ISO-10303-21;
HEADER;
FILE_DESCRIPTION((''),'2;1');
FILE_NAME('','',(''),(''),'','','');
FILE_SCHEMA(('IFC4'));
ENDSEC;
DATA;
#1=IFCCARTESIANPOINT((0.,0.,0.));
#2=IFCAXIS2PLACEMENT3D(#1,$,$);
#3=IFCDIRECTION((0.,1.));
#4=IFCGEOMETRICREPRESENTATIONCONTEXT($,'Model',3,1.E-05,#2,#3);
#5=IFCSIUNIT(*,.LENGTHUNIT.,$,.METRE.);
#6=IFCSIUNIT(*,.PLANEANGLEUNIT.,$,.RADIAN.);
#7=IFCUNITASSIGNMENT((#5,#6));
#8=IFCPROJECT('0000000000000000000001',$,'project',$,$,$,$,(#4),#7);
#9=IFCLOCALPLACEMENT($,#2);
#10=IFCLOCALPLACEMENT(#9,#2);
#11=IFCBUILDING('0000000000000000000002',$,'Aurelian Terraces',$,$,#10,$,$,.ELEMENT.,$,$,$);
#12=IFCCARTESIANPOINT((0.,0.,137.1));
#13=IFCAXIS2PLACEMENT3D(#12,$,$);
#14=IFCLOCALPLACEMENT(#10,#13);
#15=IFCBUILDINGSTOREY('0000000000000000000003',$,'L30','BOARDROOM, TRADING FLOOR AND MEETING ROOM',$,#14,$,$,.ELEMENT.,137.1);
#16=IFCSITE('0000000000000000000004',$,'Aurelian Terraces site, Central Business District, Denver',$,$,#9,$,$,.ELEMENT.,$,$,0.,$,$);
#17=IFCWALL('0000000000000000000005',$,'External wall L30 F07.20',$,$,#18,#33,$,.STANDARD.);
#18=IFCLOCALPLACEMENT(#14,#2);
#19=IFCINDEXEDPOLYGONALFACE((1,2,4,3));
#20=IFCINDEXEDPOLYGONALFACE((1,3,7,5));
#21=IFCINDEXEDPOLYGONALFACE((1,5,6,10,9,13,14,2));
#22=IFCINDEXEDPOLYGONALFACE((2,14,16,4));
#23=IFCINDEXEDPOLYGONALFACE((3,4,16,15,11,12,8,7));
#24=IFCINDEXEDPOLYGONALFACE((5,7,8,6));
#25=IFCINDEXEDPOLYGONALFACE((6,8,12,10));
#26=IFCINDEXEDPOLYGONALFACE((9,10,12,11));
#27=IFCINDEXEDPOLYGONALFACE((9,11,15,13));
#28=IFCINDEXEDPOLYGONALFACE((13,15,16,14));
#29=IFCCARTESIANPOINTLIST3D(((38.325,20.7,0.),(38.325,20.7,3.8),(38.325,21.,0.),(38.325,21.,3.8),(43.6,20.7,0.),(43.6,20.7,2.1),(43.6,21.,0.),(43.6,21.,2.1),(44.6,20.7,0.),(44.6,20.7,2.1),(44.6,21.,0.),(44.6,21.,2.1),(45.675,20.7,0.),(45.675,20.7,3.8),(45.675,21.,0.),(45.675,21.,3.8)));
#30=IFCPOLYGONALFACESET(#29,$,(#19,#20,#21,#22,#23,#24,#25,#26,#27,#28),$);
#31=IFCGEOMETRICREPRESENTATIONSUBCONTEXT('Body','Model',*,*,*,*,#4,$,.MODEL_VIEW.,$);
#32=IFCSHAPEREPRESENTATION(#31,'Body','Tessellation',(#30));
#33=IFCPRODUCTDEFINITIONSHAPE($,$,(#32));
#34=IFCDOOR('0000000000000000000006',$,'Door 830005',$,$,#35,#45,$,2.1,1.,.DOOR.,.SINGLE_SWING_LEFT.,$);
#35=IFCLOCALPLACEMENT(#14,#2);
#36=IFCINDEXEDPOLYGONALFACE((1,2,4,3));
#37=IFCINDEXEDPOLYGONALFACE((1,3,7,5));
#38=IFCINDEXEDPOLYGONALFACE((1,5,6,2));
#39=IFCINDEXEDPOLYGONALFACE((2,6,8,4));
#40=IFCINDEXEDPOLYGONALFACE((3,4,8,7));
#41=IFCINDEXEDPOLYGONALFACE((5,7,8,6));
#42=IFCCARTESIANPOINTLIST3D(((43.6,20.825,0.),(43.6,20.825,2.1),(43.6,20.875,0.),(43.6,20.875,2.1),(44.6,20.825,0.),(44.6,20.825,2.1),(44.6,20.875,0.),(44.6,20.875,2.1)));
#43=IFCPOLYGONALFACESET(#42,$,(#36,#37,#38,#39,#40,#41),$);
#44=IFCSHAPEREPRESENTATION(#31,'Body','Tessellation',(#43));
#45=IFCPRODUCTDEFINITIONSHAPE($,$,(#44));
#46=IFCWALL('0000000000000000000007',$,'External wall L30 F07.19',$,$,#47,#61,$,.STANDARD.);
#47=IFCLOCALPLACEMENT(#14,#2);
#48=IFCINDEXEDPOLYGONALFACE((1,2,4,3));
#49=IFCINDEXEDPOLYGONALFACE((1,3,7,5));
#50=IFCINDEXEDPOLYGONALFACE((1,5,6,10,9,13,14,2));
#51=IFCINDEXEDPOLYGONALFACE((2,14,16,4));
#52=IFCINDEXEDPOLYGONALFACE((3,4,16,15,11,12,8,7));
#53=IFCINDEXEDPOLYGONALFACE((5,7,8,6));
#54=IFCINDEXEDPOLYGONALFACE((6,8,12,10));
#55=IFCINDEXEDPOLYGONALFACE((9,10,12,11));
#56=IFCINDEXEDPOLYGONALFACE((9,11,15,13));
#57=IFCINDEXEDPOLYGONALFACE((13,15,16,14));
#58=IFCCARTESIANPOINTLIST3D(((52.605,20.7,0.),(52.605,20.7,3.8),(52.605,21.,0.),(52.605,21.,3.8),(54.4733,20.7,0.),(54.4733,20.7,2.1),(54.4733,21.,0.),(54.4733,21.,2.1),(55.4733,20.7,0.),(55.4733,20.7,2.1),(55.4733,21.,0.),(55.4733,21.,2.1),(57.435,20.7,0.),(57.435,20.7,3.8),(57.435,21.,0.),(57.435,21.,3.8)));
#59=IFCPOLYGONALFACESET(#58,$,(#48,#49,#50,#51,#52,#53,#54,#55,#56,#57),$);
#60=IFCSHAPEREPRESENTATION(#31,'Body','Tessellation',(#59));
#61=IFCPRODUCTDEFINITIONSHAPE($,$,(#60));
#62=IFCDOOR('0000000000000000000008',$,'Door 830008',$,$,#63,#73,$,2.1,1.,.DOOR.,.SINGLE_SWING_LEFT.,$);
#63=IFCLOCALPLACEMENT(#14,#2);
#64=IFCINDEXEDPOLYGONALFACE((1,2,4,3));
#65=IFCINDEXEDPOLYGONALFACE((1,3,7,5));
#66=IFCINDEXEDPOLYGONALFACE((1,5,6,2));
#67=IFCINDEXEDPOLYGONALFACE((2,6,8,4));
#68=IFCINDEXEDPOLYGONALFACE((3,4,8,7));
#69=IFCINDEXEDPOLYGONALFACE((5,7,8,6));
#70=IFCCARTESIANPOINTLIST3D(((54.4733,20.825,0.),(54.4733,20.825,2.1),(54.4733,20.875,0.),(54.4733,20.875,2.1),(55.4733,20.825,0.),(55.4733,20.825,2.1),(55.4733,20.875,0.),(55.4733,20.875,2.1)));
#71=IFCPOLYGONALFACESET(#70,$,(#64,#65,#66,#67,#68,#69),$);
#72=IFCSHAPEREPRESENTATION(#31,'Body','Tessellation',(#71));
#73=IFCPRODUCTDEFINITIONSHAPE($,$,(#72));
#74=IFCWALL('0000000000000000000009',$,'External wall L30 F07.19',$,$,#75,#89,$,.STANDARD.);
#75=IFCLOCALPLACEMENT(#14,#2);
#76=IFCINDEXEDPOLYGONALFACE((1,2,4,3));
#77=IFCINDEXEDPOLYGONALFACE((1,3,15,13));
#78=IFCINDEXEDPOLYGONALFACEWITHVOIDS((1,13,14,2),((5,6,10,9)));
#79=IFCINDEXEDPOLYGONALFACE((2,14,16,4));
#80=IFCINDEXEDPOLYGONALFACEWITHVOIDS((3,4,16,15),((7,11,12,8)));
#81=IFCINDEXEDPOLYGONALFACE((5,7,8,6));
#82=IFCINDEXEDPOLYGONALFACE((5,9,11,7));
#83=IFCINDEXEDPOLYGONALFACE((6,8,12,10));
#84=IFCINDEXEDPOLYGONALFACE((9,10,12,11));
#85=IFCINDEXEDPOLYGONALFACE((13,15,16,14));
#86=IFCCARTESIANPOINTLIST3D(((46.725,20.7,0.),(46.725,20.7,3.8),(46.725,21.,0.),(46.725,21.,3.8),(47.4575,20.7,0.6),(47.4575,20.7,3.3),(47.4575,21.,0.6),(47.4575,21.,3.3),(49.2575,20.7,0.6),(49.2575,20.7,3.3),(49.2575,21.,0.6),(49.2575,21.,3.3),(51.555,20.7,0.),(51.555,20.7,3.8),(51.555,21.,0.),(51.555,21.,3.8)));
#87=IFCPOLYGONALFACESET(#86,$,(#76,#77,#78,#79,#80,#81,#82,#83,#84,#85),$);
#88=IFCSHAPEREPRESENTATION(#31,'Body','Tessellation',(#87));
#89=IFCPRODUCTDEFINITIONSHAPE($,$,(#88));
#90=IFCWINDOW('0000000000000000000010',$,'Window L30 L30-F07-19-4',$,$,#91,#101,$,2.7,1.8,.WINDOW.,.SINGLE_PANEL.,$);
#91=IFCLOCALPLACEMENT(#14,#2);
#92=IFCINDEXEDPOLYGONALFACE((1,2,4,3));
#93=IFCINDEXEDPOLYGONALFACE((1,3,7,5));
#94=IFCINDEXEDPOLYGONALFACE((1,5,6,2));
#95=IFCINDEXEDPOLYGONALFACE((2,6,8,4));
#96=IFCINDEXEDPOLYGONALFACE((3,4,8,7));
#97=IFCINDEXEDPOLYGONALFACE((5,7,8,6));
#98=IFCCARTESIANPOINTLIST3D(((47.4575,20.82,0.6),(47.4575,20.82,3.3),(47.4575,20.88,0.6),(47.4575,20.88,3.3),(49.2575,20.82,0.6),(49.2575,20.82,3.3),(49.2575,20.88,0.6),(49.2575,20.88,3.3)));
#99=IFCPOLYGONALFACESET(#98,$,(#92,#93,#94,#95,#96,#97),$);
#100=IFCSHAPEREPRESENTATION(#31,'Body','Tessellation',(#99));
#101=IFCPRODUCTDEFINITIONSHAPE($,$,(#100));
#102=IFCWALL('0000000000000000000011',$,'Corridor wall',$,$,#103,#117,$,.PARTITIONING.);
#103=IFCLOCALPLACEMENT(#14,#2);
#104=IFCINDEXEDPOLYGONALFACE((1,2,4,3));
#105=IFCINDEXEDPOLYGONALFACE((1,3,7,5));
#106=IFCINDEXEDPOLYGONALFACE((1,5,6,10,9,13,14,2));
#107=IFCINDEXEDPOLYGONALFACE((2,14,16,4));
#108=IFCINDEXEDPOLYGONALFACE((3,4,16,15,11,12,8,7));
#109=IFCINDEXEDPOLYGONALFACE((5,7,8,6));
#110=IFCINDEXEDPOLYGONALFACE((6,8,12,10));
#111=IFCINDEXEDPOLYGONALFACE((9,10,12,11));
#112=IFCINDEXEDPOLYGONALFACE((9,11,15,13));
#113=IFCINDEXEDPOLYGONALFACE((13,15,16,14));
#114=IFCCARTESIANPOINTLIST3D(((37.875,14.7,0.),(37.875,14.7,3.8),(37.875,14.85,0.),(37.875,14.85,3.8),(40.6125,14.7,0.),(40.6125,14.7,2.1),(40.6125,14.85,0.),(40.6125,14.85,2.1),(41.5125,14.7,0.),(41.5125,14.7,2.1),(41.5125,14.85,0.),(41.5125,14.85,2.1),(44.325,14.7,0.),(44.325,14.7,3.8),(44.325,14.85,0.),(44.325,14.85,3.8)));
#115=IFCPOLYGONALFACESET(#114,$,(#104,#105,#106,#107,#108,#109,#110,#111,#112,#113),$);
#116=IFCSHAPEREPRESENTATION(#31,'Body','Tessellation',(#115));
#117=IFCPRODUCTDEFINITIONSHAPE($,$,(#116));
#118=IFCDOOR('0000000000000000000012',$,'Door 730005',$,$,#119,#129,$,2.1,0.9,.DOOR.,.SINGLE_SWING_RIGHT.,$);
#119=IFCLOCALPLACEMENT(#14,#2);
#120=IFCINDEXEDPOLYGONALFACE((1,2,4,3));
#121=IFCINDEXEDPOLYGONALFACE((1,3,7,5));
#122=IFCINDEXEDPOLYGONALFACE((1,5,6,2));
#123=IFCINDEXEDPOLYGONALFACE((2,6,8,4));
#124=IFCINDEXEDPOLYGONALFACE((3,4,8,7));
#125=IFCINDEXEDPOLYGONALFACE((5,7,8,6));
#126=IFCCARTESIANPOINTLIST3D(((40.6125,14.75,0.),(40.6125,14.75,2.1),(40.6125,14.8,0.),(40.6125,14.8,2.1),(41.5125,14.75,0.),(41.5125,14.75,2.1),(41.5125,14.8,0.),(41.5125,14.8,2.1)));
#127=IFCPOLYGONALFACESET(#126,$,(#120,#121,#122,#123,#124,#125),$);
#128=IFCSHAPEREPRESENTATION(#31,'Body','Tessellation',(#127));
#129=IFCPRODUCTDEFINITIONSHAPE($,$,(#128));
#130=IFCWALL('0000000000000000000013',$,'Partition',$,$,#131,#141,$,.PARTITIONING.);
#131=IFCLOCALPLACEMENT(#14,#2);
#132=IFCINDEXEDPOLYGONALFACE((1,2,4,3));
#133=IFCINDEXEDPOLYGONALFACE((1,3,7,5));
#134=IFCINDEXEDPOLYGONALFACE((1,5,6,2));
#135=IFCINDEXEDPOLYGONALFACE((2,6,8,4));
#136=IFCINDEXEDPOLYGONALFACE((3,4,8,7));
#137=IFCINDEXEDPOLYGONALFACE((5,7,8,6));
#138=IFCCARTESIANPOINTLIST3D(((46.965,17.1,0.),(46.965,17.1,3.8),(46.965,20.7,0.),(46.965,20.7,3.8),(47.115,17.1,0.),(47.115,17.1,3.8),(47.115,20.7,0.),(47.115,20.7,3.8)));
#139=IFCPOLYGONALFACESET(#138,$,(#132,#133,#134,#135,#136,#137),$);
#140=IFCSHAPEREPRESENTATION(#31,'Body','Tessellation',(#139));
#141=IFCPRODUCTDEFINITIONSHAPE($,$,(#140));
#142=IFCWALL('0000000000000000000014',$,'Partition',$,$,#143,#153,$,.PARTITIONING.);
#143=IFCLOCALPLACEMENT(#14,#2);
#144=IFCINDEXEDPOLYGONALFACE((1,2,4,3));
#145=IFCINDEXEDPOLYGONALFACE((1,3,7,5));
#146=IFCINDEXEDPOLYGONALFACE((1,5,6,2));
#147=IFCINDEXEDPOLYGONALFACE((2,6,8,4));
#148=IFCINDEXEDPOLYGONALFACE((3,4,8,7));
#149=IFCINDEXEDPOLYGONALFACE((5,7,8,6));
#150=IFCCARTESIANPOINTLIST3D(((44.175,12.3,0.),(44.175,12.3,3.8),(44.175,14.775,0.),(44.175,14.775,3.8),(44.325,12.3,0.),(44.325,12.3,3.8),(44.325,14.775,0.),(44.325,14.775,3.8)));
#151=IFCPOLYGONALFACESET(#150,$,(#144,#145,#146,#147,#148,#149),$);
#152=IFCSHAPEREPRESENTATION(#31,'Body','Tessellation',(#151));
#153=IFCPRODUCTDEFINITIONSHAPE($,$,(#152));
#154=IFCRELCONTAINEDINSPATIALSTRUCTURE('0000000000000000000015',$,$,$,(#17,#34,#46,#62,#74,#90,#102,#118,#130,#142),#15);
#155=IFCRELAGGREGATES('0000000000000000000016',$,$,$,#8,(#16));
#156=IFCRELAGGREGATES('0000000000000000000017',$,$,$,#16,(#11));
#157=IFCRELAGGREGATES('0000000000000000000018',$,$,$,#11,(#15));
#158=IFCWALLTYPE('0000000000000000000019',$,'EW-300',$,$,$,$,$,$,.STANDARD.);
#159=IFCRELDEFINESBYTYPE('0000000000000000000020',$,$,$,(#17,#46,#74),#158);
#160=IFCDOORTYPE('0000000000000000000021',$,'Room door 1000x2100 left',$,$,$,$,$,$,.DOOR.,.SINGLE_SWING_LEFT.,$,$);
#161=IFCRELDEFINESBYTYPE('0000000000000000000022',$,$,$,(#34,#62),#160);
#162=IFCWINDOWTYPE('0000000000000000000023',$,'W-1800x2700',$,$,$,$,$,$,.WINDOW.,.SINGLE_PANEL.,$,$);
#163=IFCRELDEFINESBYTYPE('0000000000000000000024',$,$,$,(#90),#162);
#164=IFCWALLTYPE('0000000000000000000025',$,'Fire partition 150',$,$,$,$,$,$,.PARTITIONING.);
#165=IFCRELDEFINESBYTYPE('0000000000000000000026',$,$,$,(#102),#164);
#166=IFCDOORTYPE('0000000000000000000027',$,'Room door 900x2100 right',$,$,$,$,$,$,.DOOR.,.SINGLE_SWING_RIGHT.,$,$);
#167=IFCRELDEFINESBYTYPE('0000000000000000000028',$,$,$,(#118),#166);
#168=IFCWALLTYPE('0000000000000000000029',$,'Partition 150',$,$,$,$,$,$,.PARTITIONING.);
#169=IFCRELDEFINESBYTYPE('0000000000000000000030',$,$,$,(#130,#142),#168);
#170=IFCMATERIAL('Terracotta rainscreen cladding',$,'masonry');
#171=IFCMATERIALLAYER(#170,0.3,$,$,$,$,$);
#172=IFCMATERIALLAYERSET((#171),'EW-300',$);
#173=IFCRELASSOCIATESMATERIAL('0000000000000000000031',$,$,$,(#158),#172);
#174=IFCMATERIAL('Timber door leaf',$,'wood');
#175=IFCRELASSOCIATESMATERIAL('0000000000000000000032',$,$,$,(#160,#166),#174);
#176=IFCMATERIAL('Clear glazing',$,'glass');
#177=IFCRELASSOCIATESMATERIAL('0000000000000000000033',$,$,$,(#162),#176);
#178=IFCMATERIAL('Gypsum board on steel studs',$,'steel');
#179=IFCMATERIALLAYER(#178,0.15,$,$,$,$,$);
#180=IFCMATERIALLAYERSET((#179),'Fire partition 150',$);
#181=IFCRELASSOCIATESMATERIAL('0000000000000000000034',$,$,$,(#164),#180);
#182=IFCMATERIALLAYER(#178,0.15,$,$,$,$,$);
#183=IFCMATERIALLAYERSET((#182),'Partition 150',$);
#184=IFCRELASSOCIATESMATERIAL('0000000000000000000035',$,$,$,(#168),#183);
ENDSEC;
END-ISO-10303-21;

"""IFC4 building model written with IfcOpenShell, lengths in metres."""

from ifc_helpers import new_model, si_unit, direction, frame, frame_2d, origin, place, context, subcontext, project, spatial, rectangle, extrude, source, transform, mapped, material, layer, layer_set, type_object, element, fill, save


model = new_model("IFC4")

# Units and contexts
model_context = context("Model", 3, precision=1e-05, world=origin(), true_north=direction((0.0, 1.0)))
body_context = subcontext(model_context, "Body", "Model", "MODEL_VIEW")
ifc_project = project(units=[si_unit("LENGTHUNIT", "METRE"), si_unit("PLANEANGLEUNIT", "RADIAN")], contexts=[model_context])

# Site, building, storey
site_placement = place(None, origin())
site = spatial("IfcSite", under=ifc_project, at=site_placement, Name="Aurelian Terraces site, Central Business District, Denver", CompositionType="ELEMENT", RefElevation=0.0)
building_placement = place(site_placement, origin())
building = spatial("IfcBuilding", under=site, at=building_placement, Name="Aurelian Terraces", CompositionType="ELEMENT")
storey_placement = place(building_placement, frame((0.0, 0.0, 137.1)))
storey = spatial("IfcBuildingStorey", under=building, at=storey_placement, Name="L30", Description="BOARDROOM, TRADING FLOOR AND MEETING ROOM", CompositionType="ELEMENT", Elevation=137.1)

# Shared definitions
ifc_material_1 = material(Name="Clear glazing", Category="glass")

# Walls, openings, doors
ifc_material_2 = material(Name="Terracotta rainscreen cladding", Category="masonry")
ifc_layer_1 = layer(ifc_material_2, 0.3)
ifc_layer_set_1 = layer_set([ifc_layer_1], Name="EW-300")
wall_type_1 = type_object("IfcWallType", Name="EW-300", PredefinedType="STANDARD", material=ifc_layer_set_1)
shared_shape_1 = source(origin(), body_context, "Body", "SweptSolid", [
    extrude(rectangle(XDim=7.35, YDim=0.3, at=frame_2d((3.675, 0.0))), origin(), (0.0, 0.0, 1.0), 3.8),
])
wall_1_placement = place(storey_placement, frame((45.675, 20.85, 0.0), z_axis=(0.0, 0.0, 1.0), x_axis=(-1.0, 0.0, 0.0)))
wall_1 = element("IfcWall", 1, at=wall_1_placement, inside=storey, type_object=wall_type_1, Name="External wall L30 F07.20", PredefinedType="STANDARD", context=body_context, shape_type="MappedRepresentation", body=[
    mapped(shared_shape_1, transform((0.0, 0.0, 0.0), scale=1.0)),
])
shared_shape_2 = source(origin(), body_context, "Body", "SweptSolid", [
    extrude(rectangle(XDim=1.0, YDim=2.1, at=frame_2d((0.5, 1.05))), frame((0.0, 0.16, 0.0), z_axis=(0.0, -1.0, 0.0), x_axis=(1.0, 0.0, 0.0)), (0.0, 0.0, 1.0), 0.32),
])
opening_1_placement = place(wall_1_placement, frame((1.075, 0.0, 0.0)))
opening_1 = element("IfcOpeningElement", 2, at=opening_1_placement, cuts=wall_1, PredefinedType="OPENING", context=body_context, shape_type="MappedRepresentation", body=[
    mapped(shared_shape_2, transform((0.0, 0.0, 0.0), scale=1.0)),
])
ifc_material_3 = material(Name="Timber door leaf", Category="wood")
door_type_1 = type_object("IfcDoorType", Name="Room door 1000x2100 left", OperationType="SINGLE_SWING_LEFT", PredefinedType="DOOR", material=ifc_material_3)
shared_shape_3 = source(origin(), body_context, "Body", "SweptSolid", [
    extrude(rectangle(XDim=1.0, YDim=2.1, at=frame_2d((0.5, 1.05))), frame((0.0, 0.025, 0.0), z_axis=(0.0, -1.0, 0.0), x_axis=(1.0, 0.0, 0.0)), (0.0, 0.0, 1.0), 0.05),
])
door_1_placement = place(opening_1_placement, origin())
door_1 = element("IfcDoor", 3, at=door_1_placement, inside=storey, type_object=door_type_1, Name="Door 830005", OperationType="SINGLE_SWING_LEFT", OverallHeight=2.1, OverallWidth=1.0, PredefinedType="DOOR", context=body_context, shape_type="MappedRepresentation", body=[
    mapped(shared_shape_3, transform((0.0, 0.0, 0.0), scale=1.0)),
])
fill(opening_1, door_1)
shared_shape_4 = source(origin(), body_context, "Body", "SweptSolid", [
    extrude(rectangle(XDim=4.83, YDim=0.3, at=frame_2d((2.415, 0.0))), origin(), (0.0, 0.0, 1.0), 3.8),
])
wall_2_placement = place(storey_placement, frame((57.435, 20.85, 0.0), z_axis=(0.0, 0.0, 1.0), x_axis=(-1.0, 0.0, 0.0)))
wall_2 = element("IfcWall", 4, at=wall_2_placement, inside=storey, type_object=wall_type_1, Name="External wall L30 F07.19", PredefinedType="STANDARD", context=body_context, shape_type="MappedRepresentation", body=[
    mapped(shared_shape_4, transform((0.0, 0.0, 0.0), scale=1.0)),
])
opening_2_placement = place(wall_2_placement, frame((1.9617, 0.0, 0.0)))
opening_2 = element("IfcOpeningElement", 5, at=opening_2_placement, cuts=wall_2, PredefinedType="OPENING", context=body_context, shape_type="MappedRepresentation", body=[
    mapped(shared_shape_2, transform((0.0, 0.0, 0.0), scale=1.0)),
])
door_2_placement = place(opening_2_placement, origin())
door_2 = element("IfcDoor", 6, at=door_2_placement, inside=storey, type_object=door_type_1, Name="Door 830008", OperationType="SINGLE_SWING_LEFT", OverallHeight=2.1, OverallWidth=1.0, PredefinedType="DOOR", context=body_context, shape_type="MappedRepresentation", body=[
    mapped(shared_shape_3, transform((0.0, 0.0, 0.0), scale=1.0)),
])
fill(opening_2, door_2)

# Wall, opening, window
wall_3_placement = place(storey_placement, frame((51.555, 20.85, 0.0), z_axis=(0.0, 0.0, 1.0), x_axis=(-1.0, 0.0, 0.0)))
wall_3 = element("IfcWall", 7, at=wall_3_placement, inside=storey, type_object=wall_type_1, Name="External wall L30 F07.19", PredefinedType="STANDARD", context=body_context, shape_type="MappedRepresentation", body=[
    mapped(shared_shape_4, transform((0.0, 0.0, 0.0), scale=1.0)),
])
shared_shape_5 = source(origin(), body_context, "Body", "SweptSolid", [
    extrude(rectangle(XDim=1.8, YDim=2.7, at=frame_2d((0.9, 1.35))), frame((0.0, 0.16, 0.0), z_axis=(0.0, -1.0, 0.0), x_axis=(1.0, 0.0, 0.0)), (0.0, 0.0, 1.0), 0.32),
])
opening_3_placement = place(wall_3_placement, frame((2.2975, 0.0, 0.6)))
opening_3 = element("IfcOpeningElement", 8, at=opening_3_placement, cuts=wall_3, PredefinedType="OPENING", context=body_context, shape_type="MappedRepresentation", body=[
    mapped(shared_shape_5, transform((0.0, 0.0, 0.0), scale=1.0)),
])
window_type_1 = type_object("IfcWindowType", Name="W-1800x2700", PartitioningType="SINGLE_PANEL", PredefinedType="WINDOW", material=ifc_material_1)
shared_shape_6 = source(origin(), body_context, "Body", "SweptSolid", [
    extrude(rectangle(XDim=1.8, YDim=2.7, at=frame_2d((0.9, 1.35))), frame((0.0, 0.03, 0.0), z_axis=(0.0, -1.0, 0.0), x_axis=(1.0, 0.0, 0.0)), (0.0, 0.0, 1.0), 0.06),
])
window_1_placement = place(opening_3_placement, origin())
window_1 = element("IfcWindow", 9, at=window_1_placement, inside=storey, type_object=window_type_1, Name="Window L30 L30-F07-19-4", OverallHeight=2.7, OverallWidth=1.8, PartitioningType="SINGLE_PANEL", PredefinedType="WINDOW", context=body_context, shape_type="MappedRepresentation", body=[
    mapped(shared_shape_6, transform((0.0, 0.0, 0.0), scale=1.0)),
])
fill(opening_3, window_1)

# Wall, opening, door
ifc_material_4 = material(Name="Gypsum board on steel studs", Category="steel")
ifc_layer_2 = layer(ifc_material_4, 0.15)
ifc_layer_set_2 = layer_set([ifc_layer_2], Name="Fire partition 150")
wall_type_2 = type_object("IfcWallType", Name="Fire partition 150", PredefinedType="PARTITIONING", material=ifc_layer_set_2)
shared_shape_7 = source(origin(), body_context, "Body", "SweptSolid", [
    extrude(rectangle(XDim=6.45, YDim=0.15, at=frame_2d((3.225, 0.0))), origin(), (0.0, 0.0, 1.0), 3.8),
])
wall_4_placement = place(storey_placement, frame((44.325, 14.775, 0.0), z_axis=(0.0, 0.0, 1.0), x_axis=(-1.0, 0.0, 0.0)))
wall_4 = element("IfcWall", 10, at=wall_4_placement, inside=storey, type_object=wall_type_2, Name="Corridor wall", PredefinedType="PARTITIONING", context=body_context, shape_type="MappedRepresentation", body=[
    mapped(shared_shape_7, transform((0.0, 0.0, 0.0), scale=1.0)),
])
shared_shape_8 = source(origin(), body_context, "Body", "SweptSolid", [
    extrude(rectangle(XDim=0.9, YDim=2.1, at=frame_2d((0.45, 1.05))), frame((0.0, 0.085, 0.0), z_axis=(0.0, -1.0, 0.0), x_axis=(1.0, 0.0, 0.0)), (0.0, 0.0, 1.0), 0.17),
])
opening_4_placement = place(wall_4_placement, frame((2.8125, 0.0, 0.0)))
opening_4 = element("IfcOpeningElement", 11, at=opening_4_placement, cuts=wall_4, PredefinedType="OPENING", context=body_context, shape_type="MappedRepresentation", body=[
    mapped(shared_shape_8, transform((0.0, 0.0, 0.0), scale=1.0)),
])
door_type_2 = type_object("IfcDoorType", Name="Room door 900x2100 right", OperationType="SINGLE_SWING_RIGHT", PredefinedType="DOOR", material=ifc_material_3)
shared_shape_9 = source(origin(), body_context, "Body", "SweptSolid", [
    extrude(rectangle(XDim=0.9, YDim=2.1, at=frame_2d((0.45, 1.05))), frame((0.0, 0.025, 0.0), z_axis=(0.0, -1.0, 0.0), x_axis=(1.0, 0.0, 0.0)), (0.0, 0.0, 1.0), 0.05),
])
door_3_placement = place(opening_4_placement, origin())
door_3 = element("IfcDoor", 12, at=door_3_placement, inside=storey, type_object=door_type_2, Name="Door 730005", OperationType="SINGLE_SWING_RIGHT", OverallHeight=2.1, OverallWidth=0.9, PredefinedType="DOOR", context=body_context, shape_type="MappedRepresentation", body=[
    mapped(shared_shape_9, transform((0.0, 0.0, 0.0), scale=1.0)),
])
fill(opening_4, door_3)

# Walls
ifc_layer_3 = layer(ifc_material_4, 0.15)
ifc_layer_set_3 = layer_set([ifc_layer_3], Name="Partition 150")
wall_type_3 = type_object("IfcWallType", Name="Partition 150", PredefinedType="PARTITIONING", material=ifc_layer_set_3)
shared_shape_10 = source(origin(), body_context, "Body", "SweptSolid", [
    extrude(rectangle(XDim=3.6, YDim=0.15, at=frame_2d((1.8, 0.0))), origin(), (0.0, 0.0, 1.0), 3.8),
])
wall_5_placement = place(storey_placement, frame((47.04, 20.7, 0.0), z_axis=(0.0, 0.0, 1.0), x_axis=(0.0, -1.0, 0.0)))
element("IfcWall", 13, at=wall_5_placement, inside=storey, type_object=wall_type_3, Name="Partition", PredefinedType="PARTITIONING", context=body_context, shape_type="MappedRepresentation", body=[
    mapped(shared_shape_10, transform((0.0, 0.0, 0.0), scale=1.0)),
])
shared_shape_11 = source(origin(), body_context, "Body", "SweptSolid", [
    extrude(rectangle(XDim=2.475, YDim=0.15, at=frame_2d((1.2375, 0.0))), origin(), (0.0, 0.0, 1.0), 3.8),
])
wall_6_placement = place(storey_placement, frame((44.25, 12.3, 0.0), z_axis=(0.0, 0.0, 1.0), x_axis=(0.0, 1.0, 0.0)))
element("IfcWall", 14, at=wall_6_placement, inside=storey, type_object=wall_type_3, Name="Partition", PredefinedType="PARTITIONING", context=body_context, shape_type="MappedRepresentation", body=[
    mapped(shared_shape_11, transform((0.0, 0.0, 0.0), scale=1.0)),
])

save(model, "model.ifc")
